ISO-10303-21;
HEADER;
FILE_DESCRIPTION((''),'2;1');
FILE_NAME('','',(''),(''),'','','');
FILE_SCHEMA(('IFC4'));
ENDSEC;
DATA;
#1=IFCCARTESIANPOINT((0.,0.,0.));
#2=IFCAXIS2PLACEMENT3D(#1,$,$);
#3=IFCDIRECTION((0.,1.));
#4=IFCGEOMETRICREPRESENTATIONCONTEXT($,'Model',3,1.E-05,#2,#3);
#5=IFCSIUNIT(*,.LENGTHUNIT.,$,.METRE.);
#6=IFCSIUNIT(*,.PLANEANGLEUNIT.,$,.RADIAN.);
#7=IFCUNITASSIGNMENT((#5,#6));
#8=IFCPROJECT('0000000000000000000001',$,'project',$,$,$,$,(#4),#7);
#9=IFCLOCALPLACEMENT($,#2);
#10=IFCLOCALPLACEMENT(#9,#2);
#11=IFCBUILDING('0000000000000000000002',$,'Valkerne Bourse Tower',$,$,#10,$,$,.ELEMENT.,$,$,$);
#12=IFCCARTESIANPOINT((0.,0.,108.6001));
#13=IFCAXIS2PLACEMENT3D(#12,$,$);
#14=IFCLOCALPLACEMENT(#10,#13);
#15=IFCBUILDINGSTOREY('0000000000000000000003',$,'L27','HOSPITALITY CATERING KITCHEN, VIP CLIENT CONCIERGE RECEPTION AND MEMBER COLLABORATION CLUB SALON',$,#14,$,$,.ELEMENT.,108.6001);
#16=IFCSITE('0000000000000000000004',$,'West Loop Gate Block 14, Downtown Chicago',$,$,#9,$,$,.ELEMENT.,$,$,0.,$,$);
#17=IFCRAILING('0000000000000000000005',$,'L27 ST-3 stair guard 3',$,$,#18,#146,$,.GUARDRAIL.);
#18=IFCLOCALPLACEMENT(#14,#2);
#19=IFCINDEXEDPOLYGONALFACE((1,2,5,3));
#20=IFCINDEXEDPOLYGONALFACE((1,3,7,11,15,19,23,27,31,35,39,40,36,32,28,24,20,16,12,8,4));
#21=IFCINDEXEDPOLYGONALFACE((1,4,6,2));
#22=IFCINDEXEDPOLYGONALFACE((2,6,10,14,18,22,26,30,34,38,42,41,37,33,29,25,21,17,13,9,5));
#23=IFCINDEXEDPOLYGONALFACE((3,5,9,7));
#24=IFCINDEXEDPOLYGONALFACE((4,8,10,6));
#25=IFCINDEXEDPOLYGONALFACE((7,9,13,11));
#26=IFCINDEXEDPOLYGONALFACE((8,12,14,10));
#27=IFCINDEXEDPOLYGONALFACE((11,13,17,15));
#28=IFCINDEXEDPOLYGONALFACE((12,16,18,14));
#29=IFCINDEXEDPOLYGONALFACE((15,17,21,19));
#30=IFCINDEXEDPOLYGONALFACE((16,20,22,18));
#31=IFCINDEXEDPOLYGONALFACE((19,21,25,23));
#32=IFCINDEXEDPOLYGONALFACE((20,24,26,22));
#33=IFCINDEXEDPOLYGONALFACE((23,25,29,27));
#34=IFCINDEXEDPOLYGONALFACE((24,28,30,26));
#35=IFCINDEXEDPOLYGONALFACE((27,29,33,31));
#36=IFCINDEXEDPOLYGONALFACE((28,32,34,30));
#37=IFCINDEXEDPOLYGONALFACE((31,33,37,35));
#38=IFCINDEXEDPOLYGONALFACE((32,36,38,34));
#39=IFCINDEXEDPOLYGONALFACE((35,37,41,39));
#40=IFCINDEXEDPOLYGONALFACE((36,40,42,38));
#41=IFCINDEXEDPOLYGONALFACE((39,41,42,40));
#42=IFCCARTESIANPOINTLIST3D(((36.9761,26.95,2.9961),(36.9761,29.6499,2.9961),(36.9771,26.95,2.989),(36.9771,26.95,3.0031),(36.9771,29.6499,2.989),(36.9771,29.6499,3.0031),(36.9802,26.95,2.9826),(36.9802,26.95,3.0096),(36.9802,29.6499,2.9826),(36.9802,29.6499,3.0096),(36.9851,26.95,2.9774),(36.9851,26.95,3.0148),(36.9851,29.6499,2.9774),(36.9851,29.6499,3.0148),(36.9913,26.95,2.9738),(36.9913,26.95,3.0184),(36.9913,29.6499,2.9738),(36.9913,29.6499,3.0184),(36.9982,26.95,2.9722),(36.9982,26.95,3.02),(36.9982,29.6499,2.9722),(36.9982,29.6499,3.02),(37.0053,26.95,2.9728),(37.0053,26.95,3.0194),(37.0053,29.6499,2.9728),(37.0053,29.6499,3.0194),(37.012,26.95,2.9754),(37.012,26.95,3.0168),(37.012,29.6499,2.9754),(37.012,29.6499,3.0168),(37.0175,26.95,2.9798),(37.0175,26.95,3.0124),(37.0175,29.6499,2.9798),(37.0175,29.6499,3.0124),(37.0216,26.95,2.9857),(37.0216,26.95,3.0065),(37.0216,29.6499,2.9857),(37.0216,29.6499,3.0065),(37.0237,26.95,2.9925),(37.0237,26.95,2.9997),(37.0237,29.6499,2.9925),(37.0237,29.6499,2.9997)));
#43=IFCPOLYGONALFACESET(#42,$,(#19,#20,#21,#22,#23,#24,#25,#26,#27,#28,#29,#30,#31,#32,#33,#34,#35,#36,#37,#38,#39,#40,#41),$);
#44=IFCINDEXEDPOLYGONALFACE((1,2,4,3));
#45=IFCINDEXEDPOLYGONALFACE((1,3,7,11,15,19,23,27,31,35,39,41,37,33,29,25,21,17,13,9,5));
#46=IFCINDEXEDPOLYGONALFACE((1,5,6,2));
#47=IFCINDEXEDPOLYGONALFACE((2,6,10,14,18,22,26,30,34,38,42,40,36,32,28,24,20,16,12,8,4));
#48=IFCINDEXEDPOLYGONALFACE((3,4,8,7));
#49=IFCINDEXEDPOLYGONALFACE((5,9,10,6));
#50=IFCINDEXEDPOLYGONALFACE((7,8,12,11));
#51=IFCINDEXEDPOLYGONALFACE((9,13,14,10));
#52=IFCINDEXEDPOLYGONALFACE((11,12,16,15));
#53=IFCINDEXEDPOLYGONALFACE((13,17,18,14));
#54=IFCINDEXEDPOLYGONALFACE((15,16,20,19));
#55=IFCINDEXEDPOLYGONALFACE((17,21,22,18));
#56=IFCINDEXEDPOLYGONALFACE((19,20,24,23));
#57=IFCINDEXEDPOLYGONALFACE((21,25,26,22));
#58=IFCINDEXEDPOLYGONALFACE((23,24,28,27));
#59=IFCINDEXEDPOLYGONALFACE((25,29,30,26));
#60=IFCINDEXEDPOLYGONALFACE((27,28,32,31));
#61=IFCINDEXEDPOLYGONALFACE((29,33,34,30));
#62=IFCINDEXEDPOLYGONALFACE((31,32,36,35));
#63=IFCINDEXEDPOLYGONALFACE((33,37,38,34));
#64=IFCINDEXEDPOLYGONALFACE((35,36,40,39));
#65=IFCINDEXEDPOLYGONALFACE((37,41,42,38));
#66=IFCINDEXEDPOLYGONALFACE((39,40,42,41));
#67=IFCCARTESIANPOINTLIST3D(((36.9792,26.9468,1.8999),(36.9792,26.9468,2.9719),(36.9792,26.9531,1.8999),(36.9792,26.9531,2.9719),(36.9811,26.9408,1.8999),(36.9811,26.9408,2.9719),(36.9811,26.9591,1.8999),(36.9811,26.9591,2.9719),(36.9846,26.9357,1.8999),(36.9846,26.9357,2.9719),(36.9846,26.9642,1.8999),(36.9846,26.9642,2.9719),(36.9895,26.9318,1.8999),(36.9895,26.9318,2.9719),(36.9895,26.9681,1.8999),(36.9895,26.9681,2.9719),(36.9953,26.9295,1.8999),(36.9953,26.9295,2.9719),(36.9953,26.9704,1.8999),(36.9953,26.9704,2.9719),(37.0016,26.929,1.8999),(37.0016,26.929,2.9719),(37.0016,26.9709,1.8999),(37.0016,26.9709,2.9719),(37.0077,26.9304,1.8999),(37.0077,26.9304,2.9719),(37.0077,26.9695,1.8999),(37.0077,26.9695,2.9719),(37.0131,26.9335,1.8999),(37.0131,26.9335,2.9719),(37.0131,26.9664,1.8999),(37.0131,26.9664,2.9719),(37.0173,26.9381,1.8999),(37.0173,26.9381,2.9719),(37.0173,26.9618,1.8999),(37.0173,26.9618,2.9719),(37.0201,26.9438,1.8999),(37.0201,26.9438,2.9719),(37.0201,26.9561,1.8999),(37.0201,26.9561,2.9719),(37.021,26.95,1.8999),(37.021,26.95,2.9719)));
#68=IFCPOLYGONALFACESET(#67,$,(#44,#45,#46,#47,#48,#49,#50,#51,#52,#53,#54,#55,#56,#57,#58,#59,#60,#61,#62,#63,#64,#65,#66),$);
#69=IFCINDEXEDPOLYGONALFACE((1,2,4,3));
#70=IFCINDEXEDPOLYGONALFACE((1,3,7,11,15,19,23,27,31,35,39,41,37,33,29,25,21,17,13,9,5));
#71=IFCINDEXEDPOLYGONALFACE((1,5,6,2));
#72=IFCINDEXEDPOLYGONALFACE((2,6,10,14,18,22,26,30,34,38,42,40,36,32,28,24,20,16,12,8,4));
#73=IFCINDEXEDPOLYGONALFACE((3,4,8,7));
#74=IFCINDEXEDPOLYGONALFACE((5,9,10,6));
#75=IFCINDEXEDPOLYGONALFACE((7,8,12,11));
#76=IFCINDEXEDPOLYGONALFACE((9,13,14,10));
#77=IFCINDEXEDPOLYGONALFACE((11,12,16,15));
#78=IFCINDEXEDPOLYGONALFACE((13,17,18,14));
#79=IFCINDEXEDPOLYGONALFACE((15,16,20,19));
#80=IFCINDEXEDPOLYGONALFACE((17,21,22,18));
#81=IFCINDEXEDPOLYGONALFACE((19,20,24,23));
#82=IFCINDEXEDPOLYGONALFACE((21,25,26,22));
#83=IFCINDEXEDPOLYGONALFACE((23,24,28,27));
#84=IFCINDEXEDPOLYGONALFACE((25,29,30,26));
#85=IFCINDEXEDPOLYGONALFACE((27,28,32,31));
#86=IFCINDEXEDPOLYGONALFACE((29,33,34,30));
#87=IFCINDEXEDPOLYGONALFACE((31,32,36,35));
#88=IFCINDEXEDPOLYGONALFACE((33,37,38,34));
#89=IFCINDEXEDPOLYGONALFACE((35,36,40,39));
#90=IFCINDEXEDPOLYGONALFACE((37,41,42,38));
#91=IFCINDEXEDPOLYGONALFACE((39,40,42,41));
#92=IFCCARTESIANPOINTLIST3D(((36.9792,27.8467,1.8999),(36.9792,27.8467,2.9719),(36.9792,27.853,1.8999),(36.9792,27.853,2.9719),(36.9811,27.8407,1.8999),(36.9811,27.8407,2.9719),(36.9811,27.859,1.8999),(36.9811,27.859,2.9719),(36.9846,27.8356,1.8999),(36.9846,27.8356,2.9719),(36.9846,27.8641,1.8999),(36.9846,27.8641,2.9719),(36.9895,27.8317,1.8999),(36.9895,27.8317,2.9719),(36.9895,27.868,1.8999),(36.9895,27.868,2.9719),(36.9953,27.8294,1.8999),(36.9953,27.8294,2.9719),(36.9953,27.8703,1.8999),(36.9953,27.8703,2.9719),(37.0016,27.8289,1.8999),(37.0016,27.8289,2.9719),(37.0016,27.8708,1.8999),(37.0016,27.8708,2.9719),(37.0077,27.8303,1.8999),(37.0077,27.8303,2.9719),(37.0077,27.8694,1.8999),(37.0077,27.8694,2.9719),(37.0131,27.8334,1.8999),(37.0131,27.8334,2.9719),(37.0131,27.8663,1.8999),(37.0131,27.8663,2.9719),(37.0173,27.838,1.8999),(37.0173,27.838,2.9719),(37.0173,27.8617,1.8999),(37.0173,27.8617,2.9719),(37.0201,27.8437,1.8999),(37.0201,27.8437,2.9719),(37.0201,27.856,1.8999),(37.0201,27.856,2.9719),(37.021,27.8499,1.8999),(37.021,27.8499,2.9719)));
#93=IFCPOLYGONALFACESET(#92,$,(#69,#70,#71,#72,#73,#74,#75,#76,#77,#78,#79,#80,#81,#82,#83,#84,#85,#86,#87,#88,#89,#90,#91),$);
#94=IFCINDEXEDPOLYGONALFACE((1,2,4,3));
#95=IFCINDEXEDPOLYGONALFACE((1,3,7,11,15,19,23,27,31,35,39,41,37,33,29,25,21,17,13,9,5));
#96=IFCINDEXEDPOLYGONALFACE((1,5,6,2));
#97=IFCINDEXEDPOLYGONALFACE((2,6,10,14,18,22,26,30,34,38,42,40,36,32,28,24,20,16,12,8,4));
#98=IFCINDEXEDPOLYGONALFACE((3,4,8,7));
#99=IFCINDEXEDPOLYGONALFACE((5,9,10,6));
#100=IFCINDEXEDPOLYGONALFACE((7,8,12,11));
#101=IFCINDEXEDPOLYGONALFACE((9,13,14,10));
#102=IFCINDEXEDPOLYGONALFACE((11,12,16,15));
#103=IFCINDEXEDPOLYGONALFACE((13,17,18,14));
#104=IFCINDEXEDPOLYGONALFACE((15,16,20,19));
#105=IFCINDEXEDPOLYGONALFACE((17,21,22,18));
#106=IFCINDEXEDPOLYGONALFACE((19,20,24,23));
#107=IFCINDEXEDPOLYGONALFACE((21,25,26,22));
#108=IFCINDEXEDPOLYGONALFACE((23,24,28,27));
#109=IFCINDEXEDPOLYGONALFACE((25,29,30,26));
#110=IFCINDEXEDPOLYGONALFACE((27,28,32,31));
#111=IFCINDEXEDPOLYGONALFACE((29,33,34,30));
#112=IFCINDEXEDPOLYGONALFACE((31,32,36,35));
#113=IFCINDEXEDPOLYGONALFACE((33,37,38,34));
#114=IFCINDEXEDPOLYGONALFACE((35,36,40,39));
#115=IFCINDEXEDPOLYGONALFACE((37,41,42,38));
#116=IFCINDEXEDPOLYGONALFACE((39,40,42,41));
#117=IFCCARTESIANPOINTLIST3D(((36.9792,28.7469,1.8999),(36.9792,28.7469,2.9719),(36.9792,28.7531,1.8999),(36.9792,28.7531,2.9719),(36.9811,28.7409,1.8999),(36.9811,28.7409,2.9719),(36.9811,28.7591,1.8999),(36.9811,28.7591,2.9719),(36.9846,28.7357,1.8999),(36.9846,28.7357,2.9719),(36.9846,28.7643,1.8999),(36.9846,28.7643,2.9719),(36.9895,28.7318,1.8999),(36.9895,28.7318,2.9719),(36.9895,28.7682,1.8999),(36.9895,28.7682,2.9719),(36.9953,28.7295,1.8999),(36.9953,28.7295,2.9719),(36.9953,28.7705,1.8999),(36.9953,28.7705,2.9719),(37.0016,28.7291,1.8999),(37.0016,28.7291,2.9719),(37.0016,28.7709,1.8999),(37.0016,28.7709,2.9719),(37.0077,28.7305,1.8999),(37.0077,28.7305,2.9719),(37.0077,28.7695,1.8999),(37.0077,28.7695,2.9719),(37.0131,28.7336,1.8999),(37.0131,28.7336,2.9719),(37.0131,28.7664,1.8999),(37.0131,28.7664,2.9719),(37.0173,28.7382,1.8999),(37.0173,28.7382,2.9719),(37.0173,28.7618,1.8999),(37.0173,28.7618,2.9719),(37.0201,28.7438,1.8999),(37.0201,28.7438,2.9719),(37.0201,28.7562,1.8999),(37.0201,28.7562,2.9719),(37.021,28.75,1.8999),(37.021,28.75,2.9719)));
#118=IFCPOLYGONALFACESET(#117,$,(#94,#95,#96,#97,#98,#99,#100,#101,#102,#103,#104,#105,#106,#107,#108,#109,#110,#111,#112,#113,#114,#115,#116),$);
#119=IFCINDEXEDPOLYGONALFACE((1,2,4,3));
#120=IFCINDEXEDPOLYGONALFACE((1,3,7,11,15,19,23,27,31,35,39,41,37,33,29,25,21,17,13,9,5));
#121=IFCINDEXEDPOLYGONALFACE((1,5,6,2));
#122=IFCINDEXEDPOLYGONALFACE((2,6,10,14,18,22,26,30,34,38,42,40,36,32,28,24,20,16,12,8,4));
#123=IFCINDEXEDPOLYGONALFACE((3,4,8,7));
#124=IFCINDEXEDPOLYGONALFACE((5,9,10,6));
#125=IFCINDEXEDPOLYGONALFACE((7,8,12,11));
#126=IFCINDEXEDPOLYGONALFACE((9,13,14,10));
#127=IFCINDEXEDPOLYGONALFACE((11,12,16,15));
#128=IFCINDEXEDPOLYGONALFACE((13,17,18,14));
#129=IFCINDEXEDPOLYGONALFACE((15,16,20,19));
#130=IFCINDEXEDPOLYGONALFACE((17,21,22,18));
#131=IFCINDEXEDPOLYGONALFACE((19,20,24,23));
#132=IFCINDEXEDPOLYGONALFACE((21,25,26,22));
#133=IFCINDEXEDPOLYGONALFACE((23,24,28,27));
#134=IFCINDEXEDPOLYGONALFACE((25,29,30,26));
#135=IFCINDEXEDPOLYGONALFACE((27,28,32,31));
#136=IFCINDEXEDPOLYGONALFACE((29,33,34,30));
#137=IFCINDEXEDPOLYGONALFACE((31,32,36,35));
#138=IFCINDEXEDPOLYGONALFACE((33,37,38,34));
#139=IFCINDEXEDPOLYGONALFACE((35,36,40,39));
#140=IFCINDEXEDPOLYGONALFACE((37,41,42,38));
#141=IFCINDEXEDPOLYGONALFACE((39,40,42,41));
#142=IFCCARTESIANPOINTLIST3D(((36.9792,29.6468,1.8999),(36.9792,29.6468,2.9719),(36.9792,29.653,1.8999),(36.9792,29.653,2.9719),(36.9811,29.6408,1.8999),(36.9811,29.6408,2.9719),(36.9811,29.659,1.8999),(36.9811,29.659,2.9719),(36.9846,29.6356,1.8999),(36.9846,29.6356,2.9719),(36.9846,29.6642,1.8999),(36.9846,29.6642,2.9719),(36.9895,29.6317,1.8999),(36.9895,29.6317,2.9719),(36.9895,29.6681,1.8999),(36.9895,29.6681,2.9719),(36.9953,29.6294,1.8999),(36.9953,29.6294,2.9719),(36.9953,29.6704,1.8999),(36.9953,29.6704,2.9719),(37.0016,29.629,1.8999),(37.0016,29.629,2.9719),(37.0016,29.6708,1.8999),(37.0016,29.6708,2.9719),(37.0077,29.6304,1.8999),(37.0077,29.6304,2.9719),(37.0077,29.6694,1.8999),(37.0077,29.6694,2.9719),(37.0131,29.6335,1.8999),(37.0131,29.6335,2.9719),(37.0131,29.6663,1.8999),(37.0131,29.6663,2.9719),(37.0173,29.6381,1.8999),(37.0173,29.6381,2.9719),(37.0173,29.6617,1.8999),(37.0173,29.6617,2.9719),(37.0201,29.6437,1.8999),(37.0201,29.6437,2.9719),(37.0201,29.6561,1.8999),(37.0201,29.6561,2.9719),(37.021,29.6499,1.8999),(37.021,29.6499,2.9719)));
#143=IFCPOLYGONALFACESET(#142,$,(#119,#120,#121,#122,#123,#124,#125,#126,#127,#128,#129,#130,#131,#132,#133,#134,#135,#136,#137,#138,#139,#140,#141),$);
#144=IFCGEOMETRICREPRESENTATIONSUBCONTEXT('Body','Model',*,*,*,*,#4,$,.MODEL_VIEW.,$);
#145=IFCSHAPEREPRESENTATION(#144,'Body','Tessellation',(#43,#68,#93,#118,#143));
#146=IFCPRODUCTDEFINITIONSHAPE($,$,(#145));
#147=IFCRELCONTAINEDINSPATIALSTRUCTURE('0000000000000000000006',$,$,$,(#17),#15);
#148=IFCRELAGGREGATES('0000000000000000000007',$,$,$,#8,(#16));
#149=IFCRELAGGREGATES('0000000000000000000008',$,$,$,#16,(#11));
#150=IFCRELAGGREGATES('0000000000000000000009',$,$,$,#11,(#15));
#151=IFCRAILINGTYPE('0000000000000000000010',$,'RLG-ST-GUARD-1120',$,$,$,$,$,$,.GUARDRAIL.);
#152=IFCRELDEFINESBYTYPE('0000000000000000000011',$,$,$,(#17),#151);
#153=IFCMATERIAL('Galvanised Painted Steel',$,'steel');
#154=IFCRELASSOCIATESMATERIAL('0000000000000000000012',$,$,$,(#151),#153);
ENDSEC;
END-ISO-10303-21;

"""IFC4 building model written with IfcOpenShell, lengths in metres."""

from ifc_helpers import new_model, si_unit, direction, frame, origin, origin_2d, place, context, subcontext, project, spatial, circle, extrude, material, type_object, element, save


model = new_model("IFC4")

# Units and contexts
model_context = context("Model", 3, precision=1e-05, world=origin(), true_north=direction((0.0, 1.0)))
body_context = subcontext(model_context, "Body", "Model", "MODEL_VIEW")
ifc_project = project(units=[si_unit("LENGTHUNIT", "METRE"), si_unit("PLANEANGLEUNIT", "RADIAN")], contexts=[model_context])

# Site, building, storey
site_placement = place(None, origin())
site = spatial("IfcSite", under=ifc_project, at=site_placement, Name="West Loop Gate Block 14, Downtown Chicago", CompositionType="ELEMENT", RefElevation=0.0)
building_placement = place(site_placement, origin())
building = spatial("IfcBuilding", under=site, at=building_placement, Name="Valkerne Bourse Tower", CompositionType="ELEMENT")
storey_placement = place(building_placement, frame((0.0, 0.0, 108.6001)))
storey = spatial("IfcBuildingStorey", under=building, at=storey_placement, Name="L27", Description="HOSPITALITY CATERING KITCHEN, VIP CLIENT CONCIERGE RECEPTION AND MEMBER COLLABORATION CLUB SALON", CompositionType="ELEMENT", Elevation=108.6001)

# Railing
ifc_material_1 = material(Name="Galvanised Painted Steel", Category="steel")
railing_type_1 = type_object("IfcRailingType", Name="RLG-ST-GUARD-1120", PredefinedType="GUARDRAIL", material=ifc_material_1)
for number, where, name in (
    (1, (37.0, 26.95, 1.8999), "L27 ST-3 stair guard 3"),
):
    element("IfcRailing", number, at=place(storey_placement, frame(where)), inside=storey, type_object=railing_type_1, Name=name, PredefinedType="GUARDRAIL", context=body_context, shape_type="SweptSolid", body=[
        extrude(circle(Radius=0.0239, at=origin_2d()), frame((0.0, 0.0, 1.0962), z_axis=(0.0, 1.0, 0.0), x_axis=(-1.0, 0.0, 0.0)), (0.0, 0.0, 1.0), 2.7),
        extrude(circle(Radius=0.021, at=origin_2d()), origin(), (0.0, 0.0, 1.0), 1.072),
        extrude(circle(Radius=0.021, at=origin_2d()), frame((0.0, 0.8999, 0.0)), (0.0, 0.0, 1.0), 1.072),
        extrude(circle(Radius=0.021, at=origin_2d()), frame((0.0, 1.8, 0.0)), (0.0, 0.0, 1.0), 1.072),
        extrude(circle(Radius=0.021, at=origin_2d()), frame((0.0, 2.7, 0.0)), (0.0, 0.0, 1.0), 1.072),
    ])

save(model, "model.ifc")
